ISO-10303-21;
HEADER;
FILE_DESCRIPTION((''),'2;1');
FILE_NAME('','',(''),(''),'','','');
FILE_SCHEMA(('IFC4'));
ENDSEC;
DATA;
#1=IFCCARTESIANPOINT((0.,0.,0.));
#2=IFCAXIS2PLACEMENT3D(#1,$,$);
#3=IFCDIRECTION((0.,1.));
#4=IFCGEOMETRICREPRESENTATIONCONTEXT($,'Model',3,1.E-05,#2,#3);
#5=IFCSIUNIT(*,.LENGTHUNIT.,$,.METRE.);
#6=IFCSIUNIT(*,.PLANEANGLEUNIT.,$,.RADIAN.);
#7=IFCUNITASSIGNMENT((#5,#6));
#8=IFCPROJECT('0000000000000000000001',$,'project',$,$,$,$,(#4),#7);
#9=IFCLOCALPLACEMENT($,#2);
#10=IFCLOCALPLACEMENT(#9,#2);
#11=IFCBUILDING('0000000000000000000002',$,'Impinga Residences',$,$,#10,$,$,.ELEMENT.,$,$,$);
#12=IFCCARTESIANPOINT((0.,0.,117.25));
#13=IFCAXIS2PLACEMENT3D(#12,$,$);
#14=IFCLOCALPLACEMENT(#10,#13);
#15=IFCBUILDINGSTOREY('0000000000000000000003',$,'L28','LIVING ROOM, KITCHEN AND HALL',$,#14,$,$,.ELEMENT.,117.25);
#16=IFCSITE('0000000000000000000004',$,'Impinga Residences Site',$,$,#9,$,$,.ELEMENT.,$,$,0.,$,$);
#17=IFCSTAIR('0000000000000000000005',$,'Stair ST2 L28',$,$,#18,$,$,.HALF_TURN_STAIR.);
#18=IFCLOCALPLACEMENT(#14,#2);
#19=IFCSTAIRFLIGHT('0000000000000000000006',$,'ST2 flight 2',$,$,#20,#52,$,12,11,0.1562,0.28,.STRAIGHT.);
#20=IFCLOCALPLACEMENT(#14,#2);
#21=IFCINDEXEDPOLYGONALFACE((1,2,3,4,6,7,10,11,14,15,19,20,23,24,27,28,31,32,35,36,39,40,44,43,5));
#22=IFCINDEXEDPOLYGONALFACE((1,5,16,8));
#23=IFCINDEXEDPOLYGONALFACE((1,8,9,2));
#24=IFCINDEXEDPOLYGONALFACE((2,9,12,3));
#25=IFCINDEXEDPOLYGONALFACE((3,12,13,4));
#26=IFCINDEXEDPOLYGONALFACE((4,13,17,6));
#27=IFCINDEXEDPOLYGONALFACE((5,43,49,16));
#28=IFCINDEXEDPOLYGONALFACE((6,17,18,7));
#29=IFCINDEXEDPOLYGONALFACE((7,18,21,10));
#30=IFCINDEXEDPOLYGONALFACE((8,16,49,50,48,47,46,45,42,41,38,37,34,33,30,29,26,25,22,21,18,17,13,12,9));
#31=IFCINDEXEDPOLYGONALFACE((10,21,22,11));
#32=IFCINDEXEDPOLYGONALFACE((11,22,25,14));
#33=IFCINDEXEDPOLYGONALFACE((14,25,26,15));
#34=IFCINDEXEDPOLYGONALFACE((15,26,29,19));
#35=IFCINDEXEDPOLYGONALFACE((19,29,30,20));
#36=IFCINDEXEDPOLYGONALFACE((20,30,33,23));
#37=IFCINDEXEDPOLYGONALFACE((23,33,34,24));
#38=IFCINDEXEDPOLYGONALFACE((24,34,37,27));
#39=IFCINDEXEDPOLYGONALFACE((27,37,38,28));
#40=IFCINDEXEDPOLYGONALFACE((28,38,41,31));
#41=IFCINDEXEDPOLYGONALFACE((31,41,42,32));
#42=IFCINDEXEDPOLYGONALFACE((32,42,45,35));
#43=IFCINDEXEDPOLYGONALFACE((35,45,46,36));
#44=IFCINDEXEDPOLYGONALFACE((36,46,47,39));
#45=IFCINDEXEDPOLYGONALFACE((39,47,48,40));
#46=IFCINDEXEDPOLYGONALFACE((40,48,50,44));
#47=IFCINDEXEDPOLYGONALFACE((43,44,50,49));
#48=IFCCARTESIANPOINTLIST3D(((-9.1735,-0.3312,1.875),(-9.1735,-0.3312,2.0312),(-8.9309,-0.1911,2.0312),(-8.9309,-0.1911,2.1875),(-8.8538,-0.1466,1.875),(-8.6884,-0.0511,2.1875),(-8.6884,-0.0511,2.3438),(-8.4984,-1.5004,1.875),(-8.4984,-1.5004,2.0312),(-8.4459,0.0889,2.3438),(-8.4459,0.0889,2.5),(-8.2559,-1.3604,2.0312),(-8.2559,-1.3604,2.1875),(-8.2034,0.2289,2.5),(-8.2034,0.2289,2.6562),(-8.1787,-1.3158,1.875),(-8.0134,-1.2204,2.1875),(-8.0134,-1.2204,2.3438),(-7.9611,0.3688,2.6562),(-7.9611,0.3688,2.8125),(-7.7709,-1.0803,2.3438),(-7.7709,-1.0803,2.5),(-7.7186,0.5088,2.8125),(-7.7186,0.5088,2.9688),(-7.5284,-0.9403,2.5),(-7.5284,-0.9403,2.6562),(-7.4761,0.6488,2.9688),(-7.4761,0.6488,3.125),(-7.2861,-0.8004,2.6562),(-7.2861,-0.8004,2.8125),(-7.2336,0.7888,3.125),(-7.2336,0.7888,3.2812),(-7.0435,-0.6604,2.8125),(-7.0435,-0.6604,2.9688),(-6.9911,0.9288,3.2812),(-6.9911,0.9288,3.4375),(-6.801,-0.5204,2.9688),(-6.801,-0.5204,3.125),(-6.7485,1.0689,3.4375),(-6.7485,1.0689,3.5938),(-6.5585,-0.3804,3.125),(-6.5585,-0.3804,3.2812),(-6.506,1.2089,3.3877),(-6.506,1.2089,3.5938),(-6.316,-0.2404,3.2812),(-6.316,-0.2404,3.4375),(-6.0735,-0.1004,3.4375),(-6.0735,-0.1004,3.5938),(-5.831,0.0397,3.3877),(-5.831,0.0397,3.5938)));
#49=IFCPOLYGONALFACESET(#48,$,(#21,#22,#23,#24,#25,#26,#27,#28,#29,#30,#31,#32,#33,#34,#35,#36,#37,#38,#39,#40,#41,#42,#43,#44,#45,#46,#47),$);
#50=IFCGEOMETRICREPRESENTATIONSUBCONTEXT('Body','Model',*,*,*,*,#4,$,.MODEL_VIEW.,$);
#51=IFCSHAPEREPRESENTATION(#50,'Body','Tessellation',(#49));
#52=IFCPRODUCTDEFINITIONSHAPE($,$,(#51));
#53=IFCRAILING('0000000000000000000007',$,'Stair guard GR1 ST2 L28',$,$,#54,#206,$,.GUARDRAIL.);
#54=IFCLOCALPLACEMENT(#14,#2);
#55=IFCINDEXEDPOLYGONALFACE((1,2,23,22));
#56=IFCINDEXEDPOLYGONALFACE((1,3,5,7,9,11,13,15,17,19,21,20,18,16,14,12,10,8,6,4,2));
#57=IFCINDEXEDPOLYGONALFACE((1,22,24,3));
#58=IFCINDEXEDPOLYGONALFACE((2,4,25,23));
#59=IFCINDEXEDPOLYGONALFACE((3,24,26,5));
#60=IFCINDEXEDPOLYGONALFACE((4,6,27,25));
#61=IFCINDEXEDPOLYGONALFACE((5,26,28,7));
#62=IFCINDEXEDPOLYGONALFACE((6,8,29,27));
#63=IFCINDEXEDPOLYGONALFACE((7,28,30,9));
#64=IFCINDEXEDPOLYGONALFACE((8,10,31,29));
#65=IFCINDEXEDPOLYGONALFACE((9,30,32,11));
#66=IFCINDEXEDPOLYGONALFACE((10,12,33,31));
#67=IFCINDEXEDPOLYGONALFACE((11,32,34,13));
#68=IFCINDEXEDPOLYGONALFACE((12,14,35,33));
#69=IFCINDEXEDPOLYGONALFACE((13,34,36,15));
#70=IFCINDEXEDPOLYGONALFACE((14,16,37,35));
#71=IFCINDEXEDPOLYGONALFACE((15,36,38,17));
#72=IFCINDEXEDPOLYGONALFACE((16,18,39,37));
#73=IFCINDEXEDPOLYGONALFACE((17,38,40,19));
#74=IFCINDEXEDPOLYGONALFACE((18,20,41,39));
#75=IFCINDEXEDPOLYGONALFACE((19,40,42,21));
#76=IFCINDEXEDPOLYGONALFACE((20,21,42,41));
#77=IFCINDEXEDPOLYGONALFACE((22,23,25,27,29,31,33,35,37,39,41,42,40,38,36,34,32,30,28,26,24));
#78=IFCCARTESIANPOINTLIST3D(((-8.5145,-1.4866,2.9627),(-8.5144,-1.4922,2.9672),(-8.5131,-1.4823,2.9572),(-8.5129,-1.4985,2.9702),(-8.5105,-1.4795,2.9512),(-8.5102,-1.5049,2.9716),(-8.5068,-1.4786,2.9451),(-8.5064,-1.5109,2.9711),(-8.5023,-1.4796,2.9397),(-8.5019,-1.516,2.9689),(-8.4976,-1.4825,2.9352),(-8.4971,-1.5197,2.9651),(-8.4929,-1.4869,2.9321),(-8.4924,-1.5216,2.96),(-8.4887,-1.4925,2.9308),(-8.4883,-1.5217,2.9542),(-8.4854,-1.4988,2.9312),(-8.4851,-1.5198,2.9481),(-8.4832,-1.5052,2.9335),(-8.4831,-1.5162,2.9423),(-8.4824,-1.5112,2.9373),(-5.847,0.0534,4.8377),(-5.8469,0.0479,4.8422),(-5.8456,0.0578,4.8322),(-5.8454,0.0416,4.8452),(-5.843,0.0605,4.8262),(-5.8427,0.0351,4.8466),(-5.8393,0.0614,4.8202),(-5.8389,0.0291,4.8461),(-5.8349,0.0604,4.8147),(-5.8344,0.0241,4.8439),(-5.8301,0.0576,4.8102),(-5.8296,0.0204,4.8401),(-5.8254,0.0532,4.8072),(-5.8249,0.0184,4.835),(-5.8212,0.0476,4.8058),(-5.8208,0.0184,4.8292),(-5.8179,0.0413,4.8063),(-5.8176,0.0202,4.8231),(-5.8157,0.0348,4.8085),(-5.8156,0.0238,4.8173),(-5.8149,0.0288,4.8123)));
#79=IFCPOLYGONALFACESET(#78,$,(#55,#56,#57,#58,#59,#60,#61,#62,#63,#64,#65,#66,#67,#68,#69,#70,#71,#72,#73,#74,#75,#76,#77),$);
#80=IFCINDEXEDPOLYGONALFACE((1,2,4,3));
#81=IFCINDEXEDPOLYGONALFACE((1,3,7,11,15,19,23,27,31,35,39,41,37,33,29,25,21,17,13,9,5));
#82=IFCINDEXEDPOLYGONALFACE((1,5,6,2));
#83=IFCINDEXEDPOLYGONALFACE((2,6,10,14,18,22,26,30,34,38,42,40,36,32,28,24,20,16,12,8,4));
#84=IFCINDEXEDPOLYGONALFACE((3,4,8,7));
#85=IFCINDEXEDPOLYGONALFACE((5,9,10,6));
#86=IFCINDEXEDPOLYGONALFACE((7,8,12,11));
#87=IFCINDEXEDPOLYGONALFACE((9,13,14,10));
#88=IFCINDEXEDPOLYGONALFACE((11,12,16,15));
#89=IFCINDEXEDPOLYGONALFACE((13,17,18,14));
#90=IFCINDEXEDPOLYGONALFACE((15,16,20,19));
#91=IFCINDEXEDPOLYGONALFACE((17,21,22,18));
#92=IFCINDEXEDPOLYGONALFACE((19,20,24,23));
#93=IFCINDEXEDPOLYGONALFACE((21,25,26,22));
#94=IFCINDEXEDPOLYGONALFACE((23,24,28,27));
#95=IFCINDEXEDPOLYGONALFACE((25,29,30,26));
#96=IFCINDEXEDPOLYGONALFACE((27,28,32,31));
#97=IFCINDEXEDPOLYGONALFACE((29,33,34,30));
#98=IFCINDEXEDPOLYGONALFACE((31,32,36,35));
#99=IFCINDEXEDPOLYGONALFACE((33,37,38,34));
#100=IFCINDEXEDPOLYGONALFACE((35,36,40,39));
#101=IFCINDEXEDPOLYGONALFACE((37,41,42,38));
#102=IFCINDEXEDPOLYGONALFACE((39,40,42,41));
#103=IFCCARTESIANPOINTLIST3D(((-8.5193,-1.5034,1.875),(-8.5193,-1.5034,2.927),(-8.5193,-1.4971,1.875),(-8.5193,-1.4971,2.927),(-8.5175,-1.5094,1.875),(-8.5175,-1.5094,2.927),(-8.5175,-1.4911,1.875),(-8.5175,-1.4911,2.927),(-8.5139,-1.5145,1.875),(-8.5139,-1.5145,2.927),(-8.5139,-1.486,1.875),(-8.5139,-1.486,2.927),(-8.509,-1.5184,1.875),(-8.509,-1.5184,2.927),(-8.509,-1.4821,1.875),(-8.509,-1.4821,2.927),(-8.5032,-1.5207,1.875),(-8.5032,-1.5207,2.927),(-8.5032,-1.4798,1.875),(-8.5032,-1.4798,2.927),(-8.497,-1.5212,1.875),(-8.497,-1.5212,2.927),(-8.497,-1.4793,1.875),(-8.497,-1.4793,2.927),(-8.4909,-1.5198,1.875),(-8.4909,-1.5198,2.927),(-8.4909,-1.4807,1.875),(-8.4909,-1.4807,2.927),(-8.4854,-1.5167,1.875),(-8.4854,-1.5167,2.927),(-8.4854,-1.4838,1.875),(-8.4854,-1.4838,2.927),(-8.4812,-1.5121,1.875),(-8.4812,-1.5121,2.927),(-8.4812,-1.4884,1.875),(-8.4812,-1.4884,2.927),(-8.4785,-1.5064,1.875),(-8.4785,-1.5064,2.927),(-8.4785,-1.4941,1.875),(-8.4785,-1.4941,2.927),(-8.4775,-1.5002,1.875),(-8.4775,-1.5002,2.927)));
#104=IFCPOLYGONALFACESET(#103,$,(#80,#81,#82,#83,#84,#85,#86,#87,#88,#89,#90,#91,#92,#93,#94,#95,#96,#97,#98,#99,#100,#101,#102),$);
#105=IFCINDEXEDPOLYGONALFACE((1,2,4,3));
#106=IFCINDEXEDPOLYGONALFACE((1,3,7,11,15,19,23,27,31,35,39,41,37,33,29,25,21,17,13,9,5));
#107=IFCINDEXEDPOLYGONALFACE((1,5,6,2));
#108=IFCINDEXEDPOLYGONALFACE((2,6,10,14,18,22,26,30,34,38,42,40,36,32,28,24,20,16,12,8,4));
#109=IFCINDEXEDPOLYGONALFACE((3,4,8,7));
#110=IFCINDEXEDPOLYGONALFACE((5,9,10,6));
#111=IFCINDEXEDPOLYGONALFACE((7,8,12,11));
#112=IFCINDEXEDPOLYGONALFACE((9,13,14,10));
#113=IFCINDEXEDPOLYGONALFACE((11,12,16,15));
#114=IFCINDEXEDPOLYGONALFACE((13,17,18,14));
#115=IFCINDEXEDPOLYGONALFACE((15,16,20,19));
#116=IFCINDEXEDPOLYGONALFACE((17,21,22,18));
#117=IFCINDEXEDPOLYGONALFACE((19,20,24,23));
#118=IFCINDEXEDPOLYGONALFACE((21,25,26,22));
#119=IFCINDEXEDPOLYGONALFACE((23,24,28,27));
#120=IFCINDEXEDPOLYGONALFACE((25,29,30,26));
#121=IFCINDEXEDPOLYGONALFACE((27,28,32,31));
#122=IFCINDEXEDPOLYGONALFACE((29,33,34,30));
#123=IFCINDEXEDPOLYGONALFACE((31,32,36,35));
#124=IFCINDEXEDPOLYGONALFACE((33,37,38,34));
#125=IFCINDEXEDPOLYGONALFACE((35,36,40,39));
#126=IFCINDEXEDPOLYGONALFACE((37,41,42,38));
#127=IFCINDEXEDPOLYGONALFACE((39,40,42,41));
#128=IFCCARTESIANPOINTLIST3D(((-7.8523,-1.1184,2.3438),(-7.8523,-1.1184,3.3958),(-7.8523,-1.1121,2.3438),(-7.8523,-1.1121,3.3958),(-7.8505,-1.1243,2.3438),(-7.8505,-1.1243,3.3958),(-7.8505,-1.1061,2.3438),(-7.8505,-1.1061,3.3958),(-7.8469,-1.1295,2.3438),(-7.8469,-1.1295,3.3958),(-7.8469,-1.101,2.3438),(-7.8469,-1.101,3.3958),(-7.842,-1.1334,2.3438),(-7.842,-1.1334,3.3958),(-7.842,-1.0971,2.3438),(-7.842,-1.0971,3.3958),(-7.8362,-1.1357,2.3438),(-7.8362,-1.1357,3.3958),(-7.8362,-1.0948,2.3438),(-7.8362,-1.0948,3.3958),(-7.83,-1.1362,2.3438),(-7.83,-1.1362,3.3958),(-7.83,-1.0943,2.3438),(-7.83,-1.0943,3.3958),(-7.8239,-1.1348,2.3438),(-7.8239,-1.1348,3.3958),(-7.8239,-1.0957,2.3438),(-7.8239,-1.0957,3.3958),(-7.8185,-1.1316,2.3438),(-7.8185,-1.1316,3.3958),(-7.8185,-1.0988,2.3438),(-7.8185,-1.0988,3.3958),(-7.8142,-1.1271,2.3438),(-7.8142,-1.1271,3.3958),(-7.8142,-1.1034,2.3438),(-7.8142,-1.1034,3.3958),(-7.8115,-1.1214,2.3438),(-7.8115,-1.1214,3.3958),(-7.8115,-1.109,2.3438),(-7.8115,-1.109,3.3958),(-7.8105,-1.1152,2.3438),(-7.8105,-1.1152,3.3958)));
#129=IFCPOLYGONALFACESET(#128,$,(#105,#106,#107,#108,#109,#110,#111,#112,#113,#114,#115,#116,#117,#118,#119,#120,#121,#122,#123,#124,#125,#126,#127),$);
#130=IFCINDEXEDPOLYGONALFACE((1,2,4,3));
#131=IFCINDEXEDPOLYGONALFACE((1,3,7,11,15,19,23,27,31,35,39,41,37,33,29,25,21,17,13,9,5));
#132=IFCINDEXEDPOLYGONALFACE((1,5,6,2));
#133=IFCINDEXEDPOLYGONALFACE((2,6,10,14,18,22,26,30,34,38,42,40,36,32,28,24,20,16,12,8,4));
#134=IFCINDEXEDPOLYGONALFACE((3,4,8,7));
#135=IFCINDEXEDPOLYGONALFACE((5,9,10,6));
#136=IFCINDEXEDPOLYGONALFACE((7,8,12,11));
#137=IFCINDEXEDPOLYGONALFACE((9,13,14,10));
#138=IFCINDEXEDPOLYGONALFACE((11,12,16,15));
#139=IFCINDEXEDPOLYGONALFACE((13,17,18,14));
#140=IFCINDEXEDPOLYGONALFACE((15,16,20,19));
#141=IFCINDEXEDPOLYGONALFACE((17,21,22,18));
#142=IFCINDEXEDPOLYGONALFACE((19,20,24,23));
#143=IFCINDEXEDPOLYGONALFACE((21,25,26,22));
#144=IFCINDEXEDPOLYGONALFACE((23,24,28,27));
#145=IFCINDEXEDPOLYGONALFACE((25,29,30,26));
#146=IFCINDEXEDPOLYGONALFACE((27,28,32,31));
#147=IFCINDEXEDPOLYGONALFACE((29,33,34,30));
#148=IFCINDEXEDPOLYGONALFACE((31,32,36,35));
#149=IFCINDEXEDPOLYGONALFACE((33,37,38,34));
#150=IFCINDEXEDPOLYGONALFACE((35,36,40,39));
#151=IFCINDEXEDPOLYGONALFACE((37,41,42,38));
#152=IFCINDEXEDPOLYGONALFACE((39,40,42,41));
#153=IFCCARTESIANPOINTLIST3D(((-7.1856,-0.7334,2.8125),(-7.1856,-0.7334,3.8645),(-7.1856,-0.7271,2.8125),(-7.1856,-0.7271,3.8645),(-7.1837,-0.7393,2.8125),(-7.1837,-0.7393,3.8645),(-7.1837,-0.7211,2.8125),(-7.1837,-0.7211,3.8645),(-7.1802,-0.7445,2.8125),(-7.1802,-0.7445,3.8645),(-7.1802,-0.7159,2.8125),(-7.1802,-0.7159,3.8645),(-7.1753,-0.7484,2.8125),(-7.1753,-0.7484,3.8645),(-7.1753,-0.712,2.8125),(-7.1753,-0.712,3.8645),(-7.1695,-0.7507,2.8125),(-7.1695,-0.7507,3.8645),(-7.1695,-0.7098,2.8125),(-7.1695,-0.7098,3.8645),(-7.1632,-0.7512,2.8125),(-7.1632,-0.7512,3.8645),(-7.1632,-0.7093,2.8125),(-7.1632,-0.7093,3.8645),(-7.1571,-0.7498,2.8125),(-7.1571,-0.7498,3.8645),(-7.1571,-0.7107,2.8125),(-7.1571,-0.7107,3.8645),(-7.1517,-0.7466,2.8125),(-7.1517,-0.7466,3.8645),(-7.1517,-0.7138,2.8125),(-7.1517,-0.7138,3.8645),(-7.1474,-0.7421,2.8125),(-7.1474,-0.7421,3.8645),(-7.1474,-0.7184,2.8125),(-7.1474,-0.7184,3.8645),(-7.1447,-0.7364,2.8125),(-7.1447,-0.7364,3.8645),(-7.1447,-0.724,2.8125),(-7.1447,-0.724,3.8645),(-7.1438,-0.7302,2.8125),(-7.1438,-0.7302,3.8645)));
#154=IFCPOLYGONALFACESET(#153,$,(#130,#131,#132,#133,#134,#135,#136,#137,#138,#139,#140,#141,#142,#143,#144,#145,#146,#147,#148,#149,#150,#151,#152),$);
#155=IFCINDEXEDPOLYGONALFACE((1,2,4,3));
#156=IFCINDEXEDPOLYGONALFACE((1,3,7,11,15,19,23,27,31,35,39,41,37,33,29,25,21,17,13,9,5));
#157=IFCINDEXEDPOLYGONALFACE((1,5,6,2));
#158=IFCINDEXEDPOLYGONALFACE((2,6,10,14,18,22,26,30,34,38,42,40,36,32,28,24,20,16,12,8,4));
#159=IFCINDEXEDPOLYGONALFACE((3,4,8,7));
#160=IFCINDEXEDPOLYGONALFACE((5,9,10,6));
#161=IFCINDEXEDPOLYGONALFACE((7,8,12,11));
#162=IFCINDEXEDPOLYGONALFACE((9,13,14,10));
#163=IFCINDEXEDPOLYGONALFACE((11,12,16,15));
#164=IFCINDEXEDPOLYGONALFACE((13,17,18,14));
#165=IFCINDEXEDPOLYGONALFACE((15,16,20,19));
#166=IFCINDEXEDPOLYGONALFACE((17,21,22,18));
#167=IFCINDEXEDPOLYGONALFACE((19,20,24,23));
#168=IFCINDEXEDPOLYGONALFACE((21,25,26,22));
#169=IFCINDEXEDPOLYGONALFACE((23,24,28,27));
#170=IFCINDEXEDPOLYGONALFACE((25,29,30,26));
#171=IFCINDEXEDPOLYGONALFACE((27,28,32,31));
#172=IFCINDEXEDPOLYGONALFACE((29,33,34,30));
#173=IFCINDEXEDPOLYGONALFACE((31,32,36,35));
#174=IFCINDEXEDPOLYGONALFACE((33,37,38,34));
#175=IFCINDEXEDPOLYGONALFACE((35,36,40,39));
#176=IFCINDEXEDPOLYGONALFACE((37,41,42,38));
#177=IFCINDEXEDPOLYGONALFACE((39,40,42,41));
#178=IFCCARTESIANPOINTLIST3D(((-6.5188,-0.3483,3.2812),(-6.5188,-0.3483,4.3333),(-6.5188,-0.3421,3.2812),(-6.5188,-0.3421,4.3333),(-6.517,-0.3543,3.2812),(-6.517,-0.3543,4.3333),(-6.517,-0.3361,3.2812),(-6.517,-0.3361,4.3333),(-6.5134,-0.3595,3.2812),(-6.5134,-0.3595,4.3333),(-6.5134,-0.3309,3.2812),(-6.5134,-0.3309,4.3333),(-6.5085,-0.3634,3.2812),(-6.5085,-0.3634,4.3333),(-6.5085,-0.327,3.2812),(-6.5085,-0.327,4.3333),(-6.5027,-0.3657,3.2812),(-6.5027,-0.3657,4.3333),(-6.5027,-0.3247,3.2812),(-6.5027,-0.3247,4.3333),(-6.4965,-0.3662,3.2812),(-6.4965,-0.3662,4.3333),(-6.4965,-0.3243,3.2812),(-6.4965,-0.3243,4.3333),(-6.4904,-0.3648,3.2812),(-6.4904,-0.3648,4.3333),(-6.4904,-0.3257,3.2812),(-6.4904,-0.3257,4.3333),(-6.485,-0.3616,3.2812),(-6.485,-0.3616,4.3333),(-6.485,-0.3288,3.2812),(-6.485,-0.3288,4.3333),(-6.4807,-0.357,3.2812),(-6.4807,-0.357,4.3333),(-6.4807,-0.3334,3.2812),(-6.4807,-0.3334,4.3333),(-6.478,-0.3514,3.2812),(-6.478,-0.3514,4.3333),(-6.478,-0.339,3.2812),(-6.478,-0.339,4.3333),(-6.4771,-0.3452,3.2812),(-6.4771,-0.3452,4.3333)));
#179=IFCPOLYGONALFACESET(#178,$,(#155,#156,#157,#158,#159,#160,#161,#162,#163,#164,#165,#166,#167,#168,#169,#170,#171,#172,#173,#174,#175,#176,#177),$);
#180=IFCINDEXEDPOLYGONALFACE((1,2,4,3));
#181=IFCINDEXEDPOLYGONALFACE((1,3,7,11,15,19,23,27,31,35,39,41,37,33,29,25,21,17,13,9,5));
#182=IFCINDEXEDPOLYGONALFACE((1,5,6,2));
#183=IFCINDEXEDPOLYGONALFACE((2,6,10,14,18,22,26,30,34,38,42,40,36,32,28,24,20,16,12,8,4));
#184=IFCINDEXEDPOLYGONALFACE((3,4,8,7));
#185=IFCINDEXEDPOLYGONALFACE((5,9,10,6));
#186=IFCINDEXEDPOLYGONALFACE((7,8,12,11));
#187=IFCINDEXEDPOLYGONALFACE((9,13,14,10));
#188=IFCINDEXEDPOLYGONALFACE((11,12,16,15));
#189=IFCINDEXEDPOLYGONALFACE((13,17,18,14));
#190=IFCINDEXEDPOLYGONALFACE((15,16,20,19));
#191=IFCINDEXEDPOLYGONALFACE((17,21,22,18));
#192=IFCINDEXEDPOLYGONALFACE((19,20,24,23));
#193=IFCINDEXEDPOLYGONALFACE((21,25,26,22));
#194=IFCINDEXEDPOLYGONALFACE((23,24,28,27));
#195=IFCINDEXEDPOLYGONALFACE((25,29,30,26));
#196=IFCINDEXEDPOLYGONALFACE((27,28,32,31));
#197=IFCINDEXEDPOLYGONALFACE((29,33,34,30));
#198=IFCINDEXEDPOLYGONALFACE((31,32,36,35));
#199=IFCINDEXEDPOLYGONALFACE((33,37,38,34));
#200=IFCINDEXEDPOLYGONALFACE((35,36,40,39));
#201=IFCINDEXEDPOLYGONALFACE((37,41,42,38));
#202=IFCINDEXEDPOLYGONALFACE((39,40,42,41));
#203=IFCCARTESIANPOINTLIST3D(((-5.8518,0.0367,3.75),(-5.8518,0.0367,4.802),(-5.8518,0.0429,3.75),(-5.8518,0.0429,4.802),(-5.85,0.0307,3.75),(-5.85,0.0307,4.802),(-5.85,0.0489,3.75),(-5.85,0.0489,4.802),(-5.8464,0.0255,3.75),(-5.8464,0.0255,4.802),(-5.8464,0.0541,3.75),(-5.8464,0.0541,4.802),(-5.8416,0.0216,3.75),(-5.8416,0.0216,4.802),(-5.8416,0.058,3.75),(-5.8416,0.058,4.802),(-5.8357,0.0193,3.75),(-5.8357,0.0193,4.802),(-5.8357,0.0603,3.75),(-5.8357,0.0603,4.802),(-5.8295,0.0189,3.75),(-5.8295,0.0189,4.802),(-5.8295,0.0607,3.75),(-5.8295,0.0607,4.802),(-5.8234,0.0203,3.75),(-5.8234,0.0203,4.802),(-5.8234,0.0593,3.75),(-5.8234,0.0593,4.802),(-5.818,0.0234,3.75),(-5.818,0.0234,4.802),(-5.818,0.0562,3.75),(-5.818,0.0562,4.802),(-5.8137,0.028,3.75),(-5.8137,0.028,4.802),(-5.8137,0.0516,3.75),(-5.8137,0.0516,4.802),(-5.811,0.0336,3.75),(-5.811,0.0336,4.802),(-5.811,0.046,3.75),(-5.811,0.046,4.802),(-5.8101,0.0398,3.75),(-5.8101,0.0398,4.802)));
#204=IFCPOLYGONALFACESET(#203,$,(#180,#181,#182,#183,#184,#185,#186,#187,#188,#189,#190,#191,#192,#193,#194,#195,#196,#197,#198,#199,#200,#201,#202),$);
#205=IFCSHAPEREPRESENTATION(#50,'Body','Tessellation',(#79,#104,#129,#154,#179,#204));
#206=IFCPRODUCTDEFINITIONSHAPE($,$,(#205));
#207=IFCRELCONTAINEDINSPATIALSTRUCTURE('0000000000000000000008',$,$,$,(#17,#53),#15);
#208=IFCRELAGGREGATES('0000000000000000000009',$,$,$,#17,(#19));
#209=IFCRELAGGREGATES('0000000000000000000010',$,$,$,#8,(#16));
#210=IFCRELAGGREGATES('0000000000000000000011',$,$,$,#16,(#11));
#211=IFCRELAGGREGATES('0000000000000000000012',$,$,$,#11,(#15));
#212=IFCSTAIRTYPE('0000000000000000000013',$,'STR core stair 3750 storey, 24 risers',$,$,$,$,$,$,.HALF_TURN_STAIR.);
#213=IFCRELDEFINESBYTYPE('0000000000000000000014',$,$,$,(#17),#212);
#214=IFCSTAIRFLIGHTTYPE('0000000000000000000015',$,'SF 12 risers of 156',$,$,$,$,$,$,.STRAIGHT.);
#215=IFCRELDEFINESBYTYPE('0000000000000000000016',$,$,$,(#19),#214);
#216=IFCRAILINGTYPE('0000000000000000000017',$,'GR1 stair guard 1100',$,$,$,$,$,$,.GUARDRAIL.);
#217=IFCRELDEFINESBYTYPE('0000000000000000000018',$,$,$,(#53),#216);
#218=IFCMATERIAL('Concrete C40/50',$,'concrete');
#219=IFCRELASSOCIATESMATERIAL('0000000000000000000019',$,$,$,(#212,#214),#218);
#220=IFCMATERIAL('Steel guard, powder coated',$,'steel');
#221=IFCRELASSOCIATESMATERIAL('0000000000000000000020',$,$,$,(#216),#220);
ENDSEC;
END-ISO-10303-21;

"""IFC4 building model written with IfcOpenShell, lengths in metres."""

from ifc_helpers import new_model, si_unit, direction, frame, origin, origin_2d, place, context, subcontext, project, spatial, polyline, circle, outline, extrude, material, type_object, element, aggregate, save


model = new_model("IFC4")

# Units and contexts
model_context = context("Model", 3, precision=1e-05, world=origin(), true_north=direction((0.0, 1.0)))
body_context = subcontext(model_context, "Body", "Model", "MODEL_VIEW")
ifc_project = project(units=[si_unit("LENGTHUNIT", "METRE"), si_unit("PLANEANGLEUNIT", "RADIAN")], contexts=[model_context])

# Site, building, storey
site_placement = place(None, origin())
site = spatial("IfcSite", under=ifc_project, at=site_placement, Name="Impinga Residences Site", CompositionType="ELEMENT", RefElevation=0.0)
building_placement = place(site_placement, origin())
building = spatial("IfcBuilding", under=site, at=building_placement, Name="Impinga Residences", CompositionType="ELEMENT")
storey_placement = place(building_placement, frame((0.0, 0.0, 117.25)))
storey = spatial("IfcBuildingStorey", under=building, at=storey_placement, Name="L28", Description="LIVING ROOM, KITCHEN AND HALL", CompositionType="ELEMENT", Elevation=117.25)

# Stair, stair flight
ifc_material_1 = material(Name="Concrete C40/50", Category="concrete")
stair_type = type_object("IfcStairType", Name="STR core stair 3750 storey, 24 risers", PredefinedType="HALF_TURN_STAIR", material=ifc_material_1)
stair_placement = place(storey_placement, origin())
stair = element("IfcStair", 1, at=stair_placement, inside=storey, type_object=stair_type, Name="Stair ST2 L28", PredefinedType="HALF_TURN_STAIR")
stair_flight_type = type_object("IfcStairFlightType", Name="SF 12 risers of 156", PredefinedType="STRAIGHT", material=ifc_material_1)
stair_flight_placement = place(storey_placement, frame((-8.8359, -0.9158, 1.875), z_axis=(0.0, 0.0, 1.0), x_axis=(0.866025, 0.5, 0.0)))
stair_flight = element("IfcStairFlight", 2, at=stair_flight_placement, type_object=stair_flight_type, Name="ST2 flight 2", NumberOfRisers=12, NumberOfTreads=11, PredefinedType="STRAIGHT", RiserHeight=0.1562, TreadLength=0.28, context=body_context, shape_type="SweptSolid", body=[
    extrude(outline(polyline([(0.0, 0.0), (0.0, 0.1562), (0.28, 0.1562), (0.28, 0.3125), (0.5601, 0.3125), (0.5601, 0.4688), (0.8401, 0.4688), (0.8401, 0.625), (1.1201, 0.625), (1.1201, 0.7812), (1.3999, 0.7812), (1.3999, 0.9375), (1.6799, 0.9375), (1.6799, 1.0938), (1.96, 1.0938), (1.96, 1.25), (2.24, 1.25), (2.24, 1.4062), (2.52, 1.4062), (2.52, 1.5625), (2.8, 1.5625), (2.8, 1.7188), (3.0801, 1.7188), (3.0801, 1.875), (3.0801, 1.5127), (0.3691, 0.0), (0.0, 0.0)])), frame((0.0, 0.675, 0.0), z_axis=(0.0, -1.0, 0.0), x_axis=(1.0, 0.0, 0.0)), (0.0, 0.0, 1.0), 1.3501),
])
aggregate(stair, [stair_flight])

# Railing
ifc_material_2 = material(Name="Steel guard, powder coated", Category="steel")
railing_type_1 = type_object("IfcRailingType", Name="GR1 stair guard 1100", PredefinedType="GUARDRAIL", material=ifc_material_2)
railing_1_placement = place(storey_placement, frame((-8.4985, -1.5002, 1.875)))
element("IfcRailing", 3, at=railing_1_placement, inside=storey, type_object=railing_type_1, Name="Stair guard GR1 ST2 L28", PredefinedType="GUARDRAIL", context=body_context, shape_type="SweptSolid", body=[
    extrude(circle(Radius=0.0239, at=origin_2d()), frame((0.0, 0.0, 1.0762), z_axis=(0.739746, 0.427084, 0.519975), x_axis=(-0.499992, 0.86603, 0.0)), (0.0, 0.0, 1.0), 3.606),
    extrude(circle(Radius=0.021, at=origin_2d()), origin(), (0.0, 0.0, 1.0), 1.052),
    extrude(circle(Radius=0.021, at=origin_2d()), frame((0.667, 0.385, 0.4688)), (0.0, 0.0, 1.0), 1.052),
    extrude(circle(Radius=0.021, at=origin_2d()), frame((1.3337, 0.77, 0.9375)), (0.0, 0.0, 1.0), 1.052),
    extrude(circle(Radius=0.021, at=origin_2d()), frame((2.0005, 1.155, 1.4062)), (0.0, 0.0, 1.0), 1.052),
    extrude(circle(Radius=0.021, at=origin_2d()), frame((2.6675, 1.54, 1.875)), (0.0, 0.0, 1.0), 1.052),
])

save(model, "model.ifc")
